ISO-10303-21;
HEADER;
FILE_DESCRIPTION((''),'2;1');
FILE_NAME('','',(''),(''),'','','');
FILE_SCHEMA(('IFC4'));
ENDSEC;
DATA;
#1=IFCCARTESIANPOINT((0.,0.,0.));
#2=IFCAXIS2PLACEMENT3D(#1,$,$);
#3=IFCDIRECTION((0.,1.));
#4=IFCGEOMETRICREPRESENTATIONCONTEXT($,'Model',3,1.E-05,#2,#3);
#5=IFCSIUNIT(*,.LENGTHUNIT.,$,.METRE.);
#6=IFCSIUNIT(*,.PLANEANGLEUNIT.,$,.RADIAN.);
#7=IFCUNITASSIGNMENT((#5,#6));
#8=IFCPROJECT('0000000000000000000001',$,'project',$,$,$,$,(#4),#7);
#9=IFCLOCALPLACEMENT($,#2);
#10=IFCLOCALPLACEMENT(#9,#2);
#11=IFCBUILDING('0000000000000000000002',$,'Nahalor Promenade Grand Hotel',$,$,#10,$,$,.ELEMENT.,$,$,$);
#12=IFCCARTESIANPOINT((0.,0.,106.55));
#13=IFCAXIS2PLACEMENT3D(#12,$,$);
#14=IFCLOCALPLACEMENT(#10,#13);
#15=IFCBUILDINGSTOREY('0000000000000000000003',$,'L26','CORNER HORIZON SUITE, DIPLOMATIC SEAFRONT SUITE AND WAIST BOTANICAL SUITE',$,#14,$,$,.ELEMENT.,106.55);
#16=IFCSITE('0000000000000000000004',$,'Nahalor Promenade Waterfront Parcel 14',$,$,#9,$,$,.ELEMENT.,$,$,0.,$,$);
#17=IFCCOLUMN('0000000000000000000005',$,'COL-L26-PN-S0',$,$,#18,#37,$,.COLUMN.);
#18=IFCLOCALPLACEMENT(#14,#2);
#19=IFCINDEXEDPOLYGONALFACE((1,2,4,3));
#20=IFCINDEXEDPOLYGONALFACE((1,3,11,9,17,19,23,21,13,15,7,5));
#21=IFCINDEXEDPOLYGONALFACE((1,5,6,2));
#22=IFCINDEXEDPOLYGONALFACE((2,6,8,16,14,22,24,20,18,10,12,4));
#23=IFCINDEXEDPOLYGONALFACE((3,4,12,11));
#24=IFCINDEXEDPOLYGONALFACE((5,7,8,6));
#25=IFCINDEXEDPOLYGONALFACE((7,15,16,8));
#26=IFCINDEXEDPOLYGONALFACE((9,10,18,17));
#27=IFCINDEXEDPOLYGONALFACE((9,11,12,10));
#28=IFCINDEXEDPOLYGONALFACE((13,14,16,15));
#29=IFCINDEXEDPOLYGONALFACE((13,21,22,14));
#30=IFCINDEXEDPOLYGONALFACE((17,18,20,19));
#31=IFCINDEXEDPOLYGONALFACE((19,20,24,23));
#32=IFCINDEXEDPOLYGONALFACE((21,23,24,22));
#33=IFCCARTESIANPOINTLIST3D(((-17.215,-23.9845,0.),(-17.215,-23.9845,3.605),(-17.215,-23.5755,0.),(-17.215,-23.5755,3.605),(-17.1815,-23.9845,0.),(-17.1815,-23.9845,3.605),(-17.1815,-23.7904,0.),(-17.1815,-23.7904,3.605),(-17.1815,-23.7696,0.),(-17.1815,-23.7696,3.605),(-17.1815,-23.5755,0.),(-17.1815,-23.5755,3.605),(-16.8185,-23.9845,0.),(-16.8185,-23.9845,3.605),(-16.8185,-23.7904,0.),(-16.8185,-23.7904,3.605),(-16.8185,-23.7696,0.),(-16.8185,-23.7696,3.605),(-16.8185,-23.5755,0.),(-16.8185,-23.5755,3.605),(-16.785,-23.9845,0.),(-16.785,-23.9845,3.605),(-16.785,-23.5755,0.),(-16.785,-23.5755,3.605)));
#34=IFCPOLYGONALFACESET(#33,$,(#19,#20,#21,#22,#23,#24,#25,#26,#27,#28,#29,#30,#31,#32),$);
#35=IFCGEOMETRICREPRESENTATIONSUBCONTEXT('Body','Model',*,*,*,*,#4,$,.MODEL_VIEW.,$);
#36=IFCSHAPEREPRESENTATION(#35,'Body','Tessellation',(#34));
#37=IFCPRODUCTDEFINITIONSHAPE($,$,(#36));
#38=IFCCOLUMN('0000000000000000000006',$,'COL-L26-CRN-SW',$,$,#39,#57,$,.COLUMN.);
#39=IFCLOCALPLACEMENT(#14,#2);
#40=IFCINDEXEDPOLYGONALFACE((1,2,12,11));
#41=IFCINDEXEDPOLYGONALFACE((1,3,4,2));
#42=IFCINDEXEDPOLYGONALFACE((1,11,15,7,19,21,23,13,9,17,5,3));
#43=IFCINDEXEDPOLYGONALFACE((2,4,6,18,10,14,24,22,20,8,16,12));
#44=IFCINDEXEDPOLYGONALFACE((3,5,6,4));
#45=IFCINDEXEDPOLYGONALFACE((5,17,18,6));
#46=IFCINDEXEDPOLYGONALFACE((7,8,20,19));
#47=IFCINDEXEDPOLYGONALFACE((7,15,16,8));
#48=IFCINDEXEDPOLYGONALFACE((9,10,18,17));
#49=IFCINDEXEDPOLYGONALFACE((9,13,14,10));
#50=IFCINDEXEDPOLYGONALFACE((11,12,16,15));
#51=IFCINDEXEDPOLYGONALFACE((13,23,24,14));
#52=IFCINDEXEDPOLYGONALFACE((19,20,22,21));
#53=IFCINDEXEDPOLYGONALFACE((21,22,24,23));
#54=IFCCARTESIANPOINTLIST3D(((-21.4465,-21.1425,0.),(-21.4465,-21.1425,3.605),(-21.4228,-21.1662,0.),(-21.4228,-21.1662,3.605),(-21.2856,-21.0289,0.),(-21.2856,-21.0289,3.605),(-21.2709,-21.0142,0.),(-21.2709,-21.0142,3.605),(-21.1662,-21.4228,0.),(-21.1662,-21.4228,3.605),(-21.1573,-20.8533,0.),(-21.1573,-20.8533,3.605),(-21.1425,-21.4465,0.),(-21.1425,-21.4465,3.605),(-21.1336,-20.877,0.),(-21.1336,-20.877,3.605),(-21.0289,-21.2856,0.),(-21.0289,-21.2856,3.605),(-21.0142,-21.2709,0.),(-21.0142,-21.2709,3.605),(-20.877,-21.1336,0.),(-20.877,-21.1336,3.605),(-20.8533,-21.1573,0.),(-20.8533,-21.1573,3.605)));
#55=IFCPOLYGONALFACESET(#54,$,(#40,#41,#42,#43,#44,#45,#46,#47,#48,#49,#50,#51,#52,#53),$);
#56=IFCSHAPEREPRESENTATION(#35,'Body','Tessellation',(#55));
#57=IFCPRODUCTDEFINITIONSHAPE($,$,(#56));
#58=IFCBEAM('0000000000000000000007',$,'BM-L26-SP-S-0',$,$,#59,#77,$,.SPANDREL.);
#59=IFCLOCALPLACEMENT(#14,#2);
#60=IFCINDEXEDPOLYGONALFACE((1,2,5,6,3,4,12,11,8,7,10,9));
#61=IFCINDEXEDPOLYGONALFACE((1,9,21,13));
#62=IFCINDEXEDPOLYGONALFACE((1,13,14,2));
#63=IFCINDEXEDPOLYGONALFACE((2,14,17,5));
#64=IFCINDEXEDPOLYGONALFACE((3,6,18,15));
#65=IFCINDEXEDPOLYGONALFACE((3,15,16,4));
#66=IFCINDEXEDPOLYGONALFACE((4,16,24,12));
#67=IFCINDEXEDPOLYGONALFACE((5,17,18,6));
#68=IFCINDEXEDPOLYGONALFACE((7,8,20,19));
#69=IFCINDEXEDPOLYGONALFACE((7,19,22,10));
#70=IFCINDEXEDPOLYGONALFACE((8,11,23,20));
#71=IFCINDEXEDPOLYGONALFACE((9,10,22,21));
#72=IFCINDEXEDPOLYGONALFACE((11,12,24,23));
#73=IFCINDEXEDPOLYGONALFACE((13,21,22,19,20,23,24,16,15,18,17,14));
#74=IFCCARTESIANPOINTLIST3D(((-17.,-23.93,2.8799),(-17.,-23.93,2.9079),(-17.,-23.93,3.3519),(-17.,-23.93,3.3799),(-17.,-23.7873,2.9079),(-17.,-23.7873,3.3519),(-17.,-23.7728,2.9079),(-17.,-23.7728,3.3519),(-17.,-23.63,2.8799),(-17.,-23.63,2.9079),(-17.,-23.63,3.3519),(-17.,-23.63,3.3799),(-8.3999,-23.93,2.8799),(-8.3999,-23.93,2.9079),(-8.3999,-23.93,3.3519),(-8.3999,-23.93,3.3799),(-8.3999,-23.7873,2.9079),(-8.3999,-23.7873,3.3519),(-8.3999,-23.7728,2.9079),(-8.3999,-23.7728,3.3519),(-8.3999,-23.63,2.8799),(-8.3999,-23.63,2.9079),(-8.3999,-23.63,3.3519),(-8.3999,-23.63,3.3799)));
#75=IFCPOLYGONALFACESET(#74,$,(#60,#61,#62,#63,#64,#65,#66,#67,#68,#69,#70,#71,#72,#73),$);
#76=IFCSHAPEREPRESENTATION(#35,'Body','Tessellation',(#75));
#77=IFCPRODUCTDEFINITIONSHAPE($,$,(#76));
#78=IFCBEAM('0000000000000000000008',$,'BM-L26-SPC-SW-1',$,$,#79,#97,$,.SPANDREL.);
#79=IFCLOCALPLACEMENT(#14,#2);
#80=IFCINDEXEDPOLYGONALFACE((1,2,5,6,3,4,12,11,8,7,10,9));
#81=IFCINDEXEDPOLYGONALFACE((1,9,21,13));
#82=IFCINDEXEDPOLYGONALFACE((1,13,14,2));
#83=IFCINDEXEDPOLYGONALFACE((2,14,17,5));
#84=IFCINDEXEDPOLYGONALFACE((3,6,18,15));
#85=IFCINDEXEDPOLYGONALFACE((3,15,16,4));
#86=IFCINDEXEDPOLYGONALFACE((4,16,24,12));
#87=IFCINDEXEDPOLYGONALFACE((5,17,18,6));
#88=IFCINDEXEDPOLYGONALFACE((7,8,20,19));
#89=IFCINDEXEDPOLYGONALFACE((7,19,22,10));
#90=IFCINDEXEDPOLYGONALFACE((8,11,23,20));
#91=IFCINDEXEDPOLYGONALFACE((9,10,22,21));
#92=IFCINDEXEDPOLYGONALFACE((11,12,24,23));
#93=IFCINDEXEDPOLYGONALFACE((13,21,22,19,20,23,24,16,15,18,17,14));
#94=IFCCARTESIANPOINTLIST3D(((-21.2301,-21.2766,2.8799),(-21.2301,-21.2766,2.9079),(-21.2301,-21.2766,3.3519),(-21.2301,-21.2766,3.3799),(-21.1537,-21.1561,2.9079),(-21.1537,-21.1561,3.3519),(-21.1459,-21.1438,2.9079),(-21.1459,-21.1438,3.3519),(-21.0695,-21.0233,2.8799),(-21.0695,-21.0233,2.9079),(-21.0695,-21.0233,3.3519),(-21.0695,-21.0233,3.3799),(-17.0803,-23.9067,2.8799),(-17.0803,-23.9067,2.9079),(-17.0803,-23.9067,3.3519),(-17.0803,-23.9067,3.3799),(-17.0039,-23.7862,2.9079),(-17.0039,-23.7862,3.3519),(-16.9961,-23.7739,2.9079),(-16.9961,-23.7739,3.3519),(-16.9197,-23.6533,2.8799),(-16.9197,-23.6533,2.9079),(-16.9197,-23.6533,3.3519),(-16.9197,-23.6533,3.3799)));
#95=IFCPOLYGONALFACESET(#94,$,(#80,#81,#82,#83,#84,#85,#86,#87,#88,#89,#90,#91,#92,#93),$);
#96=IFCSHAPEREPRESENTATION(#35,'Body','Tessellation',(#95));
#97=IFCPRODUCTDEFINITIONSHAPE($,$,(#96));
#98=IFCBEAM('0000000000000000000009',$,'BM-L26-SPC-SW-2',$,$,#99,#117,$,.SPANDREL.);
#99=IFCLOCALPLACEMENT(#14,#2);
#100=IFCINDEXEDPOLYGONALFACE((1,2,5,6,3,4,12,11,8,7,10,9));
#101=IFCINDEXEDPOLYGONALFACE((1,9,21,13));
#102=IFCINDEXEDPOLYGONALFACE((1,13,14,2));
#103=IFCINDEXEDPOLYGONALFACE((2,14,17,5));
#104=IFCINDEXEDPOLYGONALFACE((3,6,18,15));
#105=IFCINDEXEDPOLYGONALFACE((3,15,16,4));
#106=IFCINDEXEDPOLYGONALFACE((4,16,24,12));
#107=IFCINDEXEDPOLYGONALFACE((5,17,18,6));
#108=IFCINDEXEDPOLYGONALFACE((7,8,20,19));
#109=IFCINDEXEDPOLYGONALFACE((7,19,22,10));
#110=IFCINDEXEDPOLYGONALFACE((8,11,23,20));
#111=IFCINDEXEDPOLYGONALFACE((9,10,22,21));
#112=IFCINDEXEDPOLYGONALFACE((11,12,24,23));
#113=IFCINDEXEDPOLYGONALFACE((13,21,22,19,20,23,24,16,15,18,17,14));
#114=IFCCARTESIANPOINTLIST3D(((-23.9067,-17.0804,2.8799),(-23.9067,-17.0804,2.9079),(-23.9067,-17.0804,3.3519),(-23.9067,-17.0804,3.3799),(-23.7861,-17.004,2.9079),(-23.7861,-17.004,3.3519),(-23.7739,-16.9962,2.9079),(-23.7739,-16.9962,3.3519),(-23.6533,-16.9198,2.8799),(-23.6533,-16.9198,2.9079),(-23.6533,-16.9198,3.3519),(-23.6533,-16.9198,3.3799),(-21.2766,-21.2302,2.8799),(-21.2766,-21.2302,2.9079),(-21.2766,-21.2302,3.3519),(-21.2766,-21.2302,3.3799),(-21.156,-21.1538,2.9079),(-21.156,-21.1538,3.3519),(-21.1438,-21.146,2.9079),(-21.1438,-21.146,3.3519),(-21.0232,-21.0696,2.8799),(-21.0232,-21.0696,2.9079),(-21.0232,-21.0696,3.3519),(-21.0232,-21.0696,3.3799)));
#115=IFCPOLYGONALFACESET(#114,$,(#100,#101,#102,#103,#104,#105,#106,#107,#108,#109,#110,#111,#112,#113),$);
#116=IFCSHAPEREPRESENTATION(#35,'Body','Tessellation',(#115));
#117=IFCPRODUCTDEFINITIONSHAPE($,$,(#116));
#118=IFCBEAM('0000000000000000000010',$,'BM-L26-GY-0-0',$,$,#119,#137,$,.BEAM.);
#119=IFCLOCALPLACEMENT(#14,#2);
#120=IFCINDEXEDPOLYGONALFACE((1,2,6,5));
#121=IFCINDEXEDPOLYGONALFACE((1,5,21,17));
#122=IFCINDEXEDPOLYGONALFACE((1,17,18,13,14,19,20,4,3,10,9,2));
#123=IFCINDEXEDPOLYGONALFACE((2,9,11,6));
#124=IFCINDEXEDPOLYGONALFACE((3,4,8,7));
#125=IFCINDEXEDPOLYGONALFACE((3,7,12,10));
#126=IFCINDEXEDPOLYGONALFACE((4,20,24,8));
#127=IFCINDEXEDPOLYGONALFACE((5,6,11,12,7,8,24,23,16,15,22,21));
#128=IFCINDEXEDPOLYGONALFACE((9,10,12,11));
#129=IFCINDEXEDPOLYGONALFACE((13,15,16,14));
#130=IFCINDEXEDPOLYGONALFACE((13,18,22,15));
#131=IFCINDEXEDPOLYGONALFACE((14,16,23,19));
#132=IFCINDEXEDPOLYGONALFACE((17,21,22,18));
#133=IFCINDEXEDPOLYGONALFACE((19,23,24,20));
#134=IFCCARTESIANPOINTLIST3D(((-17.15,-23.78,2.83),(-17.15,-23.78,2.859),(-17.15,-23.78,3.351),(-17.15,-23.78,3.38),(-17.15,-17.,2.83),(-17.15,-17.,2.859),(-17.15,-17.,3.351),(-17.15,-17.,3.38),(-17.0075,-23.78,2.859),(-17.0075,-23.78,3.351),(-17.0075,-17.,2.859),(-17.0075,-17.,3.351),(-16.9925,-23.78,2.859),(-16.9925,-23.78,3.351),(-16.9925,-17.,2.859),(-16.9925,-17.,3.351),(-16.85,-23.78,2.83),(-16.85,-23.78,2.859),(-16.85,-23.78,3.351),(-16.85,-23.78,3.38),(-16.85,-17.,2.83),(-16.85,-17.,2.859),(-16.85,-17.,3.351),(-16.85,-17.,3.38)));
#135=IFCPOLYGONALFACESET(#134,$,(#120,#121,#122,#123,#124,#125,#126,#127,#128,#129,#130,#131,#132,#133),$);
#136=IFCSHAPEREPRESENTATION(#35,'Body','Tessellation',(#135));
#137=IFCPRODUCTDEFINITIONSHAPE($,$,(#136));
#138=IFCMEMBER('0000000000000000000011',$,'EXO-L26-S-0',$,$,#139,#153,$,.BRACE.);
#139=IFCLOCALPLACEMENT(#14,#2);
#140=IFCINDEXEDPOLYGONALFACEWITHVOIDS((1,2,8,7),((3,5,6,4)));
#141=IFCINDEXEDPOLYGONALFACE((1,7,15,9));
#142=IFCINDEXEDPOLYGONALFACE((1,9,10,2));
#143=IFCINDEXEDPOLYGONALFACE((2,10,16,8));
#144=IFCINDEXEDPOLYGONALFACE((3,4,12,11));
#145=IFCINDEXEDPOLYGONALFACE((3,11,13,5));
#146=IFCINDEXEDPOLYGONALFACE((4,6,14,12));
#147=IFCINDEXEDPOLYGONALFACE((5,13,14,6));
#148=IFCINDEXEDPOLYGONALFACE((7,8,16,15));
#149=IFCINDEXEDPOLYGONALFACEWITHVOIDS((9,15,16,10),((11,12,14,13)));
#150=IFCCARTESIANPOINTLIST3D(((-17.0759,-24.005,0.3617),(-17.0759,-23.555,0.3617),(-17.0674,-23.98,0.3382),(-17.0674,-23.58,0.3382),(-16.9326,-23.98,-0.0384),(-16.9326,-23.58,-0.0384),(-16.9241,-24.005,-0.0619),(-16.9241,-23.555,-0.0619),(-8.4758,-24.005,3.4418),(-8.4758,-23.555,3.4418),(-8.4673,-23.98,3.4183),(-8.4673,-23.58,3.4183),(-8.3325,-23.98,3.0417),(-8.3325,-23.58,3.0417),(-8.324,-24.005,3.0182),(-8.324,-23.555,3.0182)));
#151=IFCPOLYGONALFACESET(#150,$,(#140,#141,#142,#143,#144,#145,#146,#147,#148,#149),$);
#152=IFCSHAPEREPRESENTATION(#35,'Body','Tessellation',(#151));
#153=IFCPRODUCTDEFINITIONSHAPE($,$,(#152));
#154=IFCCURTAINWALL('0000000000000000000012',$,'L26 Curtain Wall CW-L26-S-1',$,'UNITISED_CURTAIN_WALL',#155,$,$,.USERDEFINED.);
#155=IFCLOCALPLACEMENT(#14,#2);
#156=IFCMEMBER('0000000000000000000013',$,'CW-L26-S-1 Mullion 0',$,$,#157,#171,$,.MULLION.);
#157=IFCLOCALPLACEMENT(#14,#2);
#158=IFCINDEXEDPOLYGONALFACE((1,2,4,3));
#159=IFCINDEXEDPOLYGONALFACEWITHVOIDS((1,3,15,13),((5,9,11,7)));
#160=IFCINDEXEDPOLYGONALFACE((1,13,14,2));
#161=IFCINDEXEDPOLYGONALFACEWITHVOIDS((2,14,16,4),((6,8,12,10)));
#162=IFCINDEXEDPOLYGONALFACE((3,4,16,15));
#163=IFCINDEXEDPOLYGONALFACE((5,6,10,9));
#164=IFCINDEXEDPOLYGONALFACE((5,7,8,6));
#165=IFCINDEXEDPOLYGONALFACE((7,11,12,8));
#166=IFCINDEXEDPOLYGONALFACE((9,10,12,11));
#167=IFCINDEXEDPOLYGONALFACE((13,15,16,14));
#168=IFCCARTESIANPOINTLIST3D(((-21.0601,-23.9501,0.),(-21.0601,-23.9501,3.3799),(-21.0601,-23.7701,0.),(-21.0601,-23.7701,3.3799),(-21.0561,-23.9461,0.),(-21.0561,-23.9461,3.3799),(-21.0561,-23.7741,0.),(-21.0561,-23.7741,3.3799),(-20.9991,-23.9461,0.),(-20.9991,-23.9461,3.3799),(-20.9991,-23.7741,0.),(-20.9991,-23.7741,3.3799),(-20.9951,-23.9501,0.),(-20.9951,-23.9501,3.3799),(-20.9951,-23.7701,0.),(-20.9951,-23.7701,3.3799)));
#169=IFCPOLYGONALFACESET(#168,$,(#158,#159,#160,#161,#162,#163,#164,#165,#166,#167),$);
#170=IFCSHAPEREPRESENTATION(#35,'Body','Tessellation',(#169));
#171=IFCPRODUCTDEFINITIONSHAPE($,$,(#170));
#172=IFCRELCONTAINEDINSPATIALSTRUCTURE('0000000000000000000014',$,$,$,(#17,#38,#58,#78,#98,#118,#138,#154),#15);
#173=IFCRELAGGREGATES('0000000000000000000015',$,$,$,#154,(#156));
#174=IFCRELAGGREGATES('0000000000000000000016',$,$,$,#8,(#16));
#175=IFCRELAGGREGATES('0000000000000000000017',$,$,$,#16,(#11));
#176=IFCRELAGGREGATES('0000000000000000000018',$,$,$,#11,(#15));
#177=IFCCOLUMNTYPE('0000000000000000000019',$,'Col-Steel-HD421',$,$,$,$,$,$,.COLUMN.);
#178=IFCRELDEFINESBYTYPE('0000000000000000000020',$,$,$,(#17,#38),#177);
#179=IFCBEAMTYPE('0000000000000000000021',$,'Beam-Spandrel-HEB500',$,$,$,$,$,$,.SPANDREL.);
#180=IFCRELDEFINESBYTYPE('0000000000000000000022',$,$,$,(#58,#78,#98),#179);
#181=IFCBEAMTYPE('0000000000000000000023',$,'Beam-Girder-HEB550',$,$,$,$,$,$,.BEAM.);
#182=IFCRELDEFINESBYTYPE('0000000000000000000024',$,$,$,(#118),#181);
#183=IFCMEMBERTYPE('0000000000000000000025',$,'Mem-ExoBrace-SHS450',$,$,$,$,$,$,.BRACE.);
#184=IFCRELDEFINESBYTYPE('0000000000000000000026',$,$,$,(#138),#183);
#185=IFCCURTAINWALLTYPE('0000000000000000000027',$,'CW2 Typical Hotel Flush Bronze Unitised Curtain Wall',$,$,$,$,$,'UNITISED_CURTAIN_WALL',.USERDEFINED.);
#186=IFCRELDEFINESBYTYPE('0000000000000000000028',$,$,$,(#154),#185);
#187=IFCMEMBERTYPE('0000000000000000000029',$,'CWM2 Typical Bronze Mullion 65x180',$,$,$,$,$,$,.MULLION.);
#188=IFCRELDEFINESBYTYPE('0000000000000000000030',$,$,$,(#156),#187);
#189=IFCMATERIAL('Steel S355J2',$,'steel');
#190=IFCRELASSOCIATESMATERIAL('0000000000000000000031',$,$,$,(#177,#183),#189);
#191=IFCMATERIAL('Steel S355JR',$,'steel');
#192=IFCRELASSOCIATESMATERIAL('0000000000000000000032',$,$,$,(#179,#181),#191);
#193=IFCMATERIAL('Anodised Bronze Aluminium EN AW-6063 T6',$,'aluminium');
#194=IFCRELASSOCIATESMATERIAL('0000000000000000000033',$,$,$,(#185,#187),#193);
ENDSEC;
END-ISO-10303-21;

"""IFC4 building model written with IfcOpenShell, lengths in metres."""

from ifc_helpers import new_model, si_unit, direction, frame, origin, origin_2d, place, context, subcontext, project, spatial, hollow_rectangle, i_section, extrude, source, transform, mapped, material, material_profile, profile_set, type_object, element, aggregate, save


model = new_model("IFC4")

# Units and contexts
model_context = context("Model", 3, precision=1e-05, world=origin(), true_north=direction((0.0, 1.0)))
body_context = subcontext(model_context, "Body", "Model", "MODEL_VIEW")
ifc_project = project(units=[si_unit("LENGTHUNIT", "METRE"), si_unit("PLANEANGLEUNIT", "RADIAN")], contexts=[model_context])

# Site, building, storey
site_placement = place(None, origin())
site = spatial("IfcSite", under=ifc_project, at=site_placement, Name="Nahalor Promenade Waterfront Parcel 14", CompositionType="ELEMENT", RefElevation=0.0)
building_placement = place(site_placement, origin())
building = spatial("IfcBuilding", under=site, at=building_placement, Name="Nahalor Promenade Grand Hotel", CompositionType="ELEMENT")
storey_placement = place(building_placement, frame((0.0, 0.0, 106.55)))
storey = spatial("IfcBuildingStorey", under=building, at=storey_placement, Name="L26", Description="CORNER HORIZON SUITE, DIPLOMATIC SEAFRONT SUITE AND WAIST BOTANICAL SUITE", CompositionType="ELEMENT", Elevation=106.55)

# Columns
ifc_material_1 = material(Name="Steel S355J2", Category="steel")
ifc_material_profile_1 = material_profile(ifc_material_1, i_section(OverallWidth=0.409, OverallDepth=0.43, WebThickness=0.0208, FlangeThickness=0.0335, at=origin_2d()), Name="HD 400x421")
ifc_profile_set_1 = profile_set([ifc_material_profile_1], Name="Steel S355J2")
column_type = type_object("IfcColumnType", Name="Col-Steel-HD421", PredefinedType="COLUMN", material=ifc_profile_set_1)
shared_shape_1 = source(origin(), body_context, "Body", "SweptSolid", [
    extrude(i_section(OverallWidth=0.409, OverallDepth=0.43, WebThickness=0.0208, FlangeThickness=0.0335, at=origin_2d()), origin(), (0.0, 0.0, 1.0), 3.605),
])
for number, where, z_axis, x_axis, name in (
    (1, (-17.0, -23.78, 0.0), (0.0, 0.0, 1.0), (0.0, 1.0, 0.0), "COL-L26-PN-S0"),
    (2, (-21.1499, -21.1499, 0.0), (0.0, 0.0, 1.0), (0.707107, 0.707107, 0.0), "COL-L26-CRN-SW"),
):
    element("IfcColumn", number, at=place(storey_placement, frame(where, z_axis=z_axis, x_axis=x_axis)), inside=storey, type_object=column_type, Name=name, PredefinedType="COLUMN", context=body_context, shape_type="MappedRepresentation", body=[
        mapped(shared_shape_1, transform((0.0, 0.0, 0.0), scale=1.0)),
    ])

# Beams
ifc_material_2 = material(Name="Steel S355JR", Category="steel")
ifc_material_profile_2 = material_profile(ifc_material_2, i_section(OverallWidth=0.3, OverallDepth=0.5, WebThickness=0.0145, FlangeThickness=0.028, at=origin_2d()), Name="HEB 500")
ifc_profile_set_2 = profile_set([ifc_material_profile_2], Name="Steel S355JR")
beam_type_1 = type_object("IfcBeamType", Name="Beam-Spandrel-HEB500", PredefinedType="SPANDREL", material=ifc_profile_set_2)
shared_shape_2 = source(origin(), body_context, "Body", "SweptSolid", [
    extrude(i_section(OverallWidth=0.3, OverallDepth=0.5, WebThickness=0.0145, FlangeThickness=0.028, at=origin_2d()), origin(), (0.0, 0.0, 1.0), 8.6001),
])
beam_1_placement = place(storey_placement, frame((-17.0, -23.78, 3.1299), z_axis=(1.0, 0.0, 0.0), x_axis=(0.0, 1.0, 0.0)))
element("IfcBeam", 3, at=beam_1_placement, inside=storey, type_object=beam_type_1, Name="BM-L26-SP-S-0", PredefinedType="SPANDREL", context=body_context, shape_type="MappedRepresentation", body=[
    mapped(shared_shape_2, transform((0.0, 0.0, 0.0), scale=1.0)),
])
shared_shape_3 = source(origin(), body_context, "Body", "SweptSolid", [
    extrude(i_section(OverallWidth=0.3, OverallDepth=0.5, WebThickness=0.0145, FlangeThickness=0.028, at=origin_2d()), origin(), (0.0, 0.0, 1.0), 4.9131),
])
for number, where, z_axis, x_axis, name in (
    (4, (-17.0, -23.78, 3.1299), (-0.844648, 0.535322, 0.0), (-0.535322, -0.844648, 0.0), "BM-L26-SPC-SW-1"),
    (5, (-21.1499, -21.1499, 3.1299), (-0.535322, 0.844648, 0.0), (-0.844648, -0.535322, 0.0), "BM-L26-SPC-SW-2"),
):
    element("IfcBeam", number, at=place(storey_placement, frame(where, z_axis=z_axis, x_axis=x_axis)), inside=storey, type_object=beam_type_1, Name=name, PredefinedType="SPANDREL", context=body_context, shape_type="MappedRepresentation", body=[
        mapped(shared_shape_3, transform((0.0, 0.0, 0.0), scale=1.0)),
    ])
ifc_material_profile_3 = material_profile(ifc_material_2, i_section(OverallWidth=0.3, OverallDepth=0.55, WebThickness=0.015, FlangeThickness=0.029, at=origin_2d()), Name="HEB 550")
ifc_profile_set_3 = profile_set([ifc_material_profile_3], Name="Steel S355JR")
beam_type_2 = type_object("IfcBeamType", Name="Beam-Girder-HEB550", PredefinedType="BEAM", material=ifc_profile_set_3)
shared_shape_4 = source(origin(), body_context, "Body", "SweptSolid", [
    extrude(i_section(OverallWidth=0.3, OverallDepth=0.55, WebThickness=0.015, FlangeThickness=0.029, at=origin_2d()), origin(), (0.0, 0.0, 1.0), 6.78),
])
beam_2_placement = place(storey_placement, frame((-17.0, -23.78, 3.105), z_axis=(0.0, 1.0, 0.0), x_axis=(-1.0, 0.0, 0.0)))
element("IfcBeam", 6, at=beam_2_placement, inside=storey, type_object=beam_type_2, Name="BM-L26-GY-0-0", PredefinedType="BEAM", context=body_context, shape_type="MappedRepresentation", body=[
    mapped(shared_shape_4, transform((0.0, 0.0, 0.0), scale=1.0)),
])

# Member
ifc_material_profile_4 = material_profile(ifc_material_1, hollow_rectangle(XDim=0.45, YDim=0.45, WallThickness=0.025, at=origin_2d()), Name="SHS 450x450x25")
ifc_profile_set_4 = profile_set([ifc_material_profile_4], Name="Steel S355J2")
member_type_1 = type_object("IfcMemberType", Name="Mem-ExoBrace-SHS450", PredefinedType="BRACE", material=ifc_profile_set_4)
shared_shape_5 = source(origin(), body_context, "Body", "SweptSolid", [
    extrude(hollow_rectangle(XDim=0.45, YDim=0.45, WallThickness=0.025, at=origin_2d()), origin(), (0.0, 0.0, 1.0), 9.135),
])
member_1_placement = place(storey_placement, frame((-17.0, -23.78, 0.1499), z_axis=(0.941443, 0.0, 0.337173), x_axis=(0.0, 1.0, 0.0)))
element("IfcMember", 7, at=member_1_placement, inside=storey, type_object=member_type_1, Name="EXO-L26-S-0", PredefinedType="BRACE", context=body_context, shape_type="MappedRepresentation", body=[
    mapped(shared_shape_5, transform((0.0, 0.0, 0.0), scale=1.0)),
])

# Curtain wall, member
ifc_material_3 = material(Name="Anodised Bronze Aluminium EN AW-6063 T6", Category="aluminium")
curtain_wall_type = type_object("IfcCurtainWallType", Name="CW2 Typical Hotel Flush Bronze Unitised Curtain Wall", ElementType="UNITISED_CURTAIN_WALL", PredefinedType="USERDEFINED", material=ifc_material_3)
curtain_wall_1_placement = place(storey_placement, origin())
curtain_wall_1 = element("IfcCurtainWall", 8, at=curtain_wall_1_placement, inside=storey, type_object=curtain_wall_type, Name="L26 Curtain Wall CW-L26-S-1", ObjectType="UNITISED_CURTAIN_WALL", PredefinedType="USERDEFINED")
ifc_material_profile_5 = material_profile(ifc_material_3, hollow_rectangle(XDim=0.065, YDim=0.18, WallThickness=0.004, at=origin_2d()), Name="CWM 65x180x4")
ifc_profile_set_5 = profile_set([ifc_material_profile_5], Name="Anodised Bronze Aluminium EN AW-6063 T6")
member_type_2 = type_object("IfcMemberType", Name="CWM2 Typical Bronze Mullion 65x180", PredefinedType="MULLION", material=ifc_profile_set_5)
shared_shape_6 = source(origin(), body_context, "Body", "SweptSolid", [
    extrude(hollow_rectangle(XDim=0.065, YDim=0.18, WallThickness=0.004, at=origin_2d()), origin(), (0.0, 0.0, 1.0), 3.3799),
])
member_2_placement = place(storey_placement, frame((-21.0276, -23.8601, 0.0), z_axis=(0.0, 0.0, 1.0), x_axis=(1.0, 0.0, 0.0)))
member_2 = element("IfcMember", 9, at=member_2_placement, type_object=member_type_2, Name="CW-L26-S-1 Mullion 0", PredefinedType="MULLION", context=body_context, shape_type="MappedRepresentation", body=[
    mapped(shared_shape_6, transform((0.0, 0.0, 0.0), scale=1.0)),
])

aggregate(curtain_wall_1, [member_2])

save(model, "model.ifc")
